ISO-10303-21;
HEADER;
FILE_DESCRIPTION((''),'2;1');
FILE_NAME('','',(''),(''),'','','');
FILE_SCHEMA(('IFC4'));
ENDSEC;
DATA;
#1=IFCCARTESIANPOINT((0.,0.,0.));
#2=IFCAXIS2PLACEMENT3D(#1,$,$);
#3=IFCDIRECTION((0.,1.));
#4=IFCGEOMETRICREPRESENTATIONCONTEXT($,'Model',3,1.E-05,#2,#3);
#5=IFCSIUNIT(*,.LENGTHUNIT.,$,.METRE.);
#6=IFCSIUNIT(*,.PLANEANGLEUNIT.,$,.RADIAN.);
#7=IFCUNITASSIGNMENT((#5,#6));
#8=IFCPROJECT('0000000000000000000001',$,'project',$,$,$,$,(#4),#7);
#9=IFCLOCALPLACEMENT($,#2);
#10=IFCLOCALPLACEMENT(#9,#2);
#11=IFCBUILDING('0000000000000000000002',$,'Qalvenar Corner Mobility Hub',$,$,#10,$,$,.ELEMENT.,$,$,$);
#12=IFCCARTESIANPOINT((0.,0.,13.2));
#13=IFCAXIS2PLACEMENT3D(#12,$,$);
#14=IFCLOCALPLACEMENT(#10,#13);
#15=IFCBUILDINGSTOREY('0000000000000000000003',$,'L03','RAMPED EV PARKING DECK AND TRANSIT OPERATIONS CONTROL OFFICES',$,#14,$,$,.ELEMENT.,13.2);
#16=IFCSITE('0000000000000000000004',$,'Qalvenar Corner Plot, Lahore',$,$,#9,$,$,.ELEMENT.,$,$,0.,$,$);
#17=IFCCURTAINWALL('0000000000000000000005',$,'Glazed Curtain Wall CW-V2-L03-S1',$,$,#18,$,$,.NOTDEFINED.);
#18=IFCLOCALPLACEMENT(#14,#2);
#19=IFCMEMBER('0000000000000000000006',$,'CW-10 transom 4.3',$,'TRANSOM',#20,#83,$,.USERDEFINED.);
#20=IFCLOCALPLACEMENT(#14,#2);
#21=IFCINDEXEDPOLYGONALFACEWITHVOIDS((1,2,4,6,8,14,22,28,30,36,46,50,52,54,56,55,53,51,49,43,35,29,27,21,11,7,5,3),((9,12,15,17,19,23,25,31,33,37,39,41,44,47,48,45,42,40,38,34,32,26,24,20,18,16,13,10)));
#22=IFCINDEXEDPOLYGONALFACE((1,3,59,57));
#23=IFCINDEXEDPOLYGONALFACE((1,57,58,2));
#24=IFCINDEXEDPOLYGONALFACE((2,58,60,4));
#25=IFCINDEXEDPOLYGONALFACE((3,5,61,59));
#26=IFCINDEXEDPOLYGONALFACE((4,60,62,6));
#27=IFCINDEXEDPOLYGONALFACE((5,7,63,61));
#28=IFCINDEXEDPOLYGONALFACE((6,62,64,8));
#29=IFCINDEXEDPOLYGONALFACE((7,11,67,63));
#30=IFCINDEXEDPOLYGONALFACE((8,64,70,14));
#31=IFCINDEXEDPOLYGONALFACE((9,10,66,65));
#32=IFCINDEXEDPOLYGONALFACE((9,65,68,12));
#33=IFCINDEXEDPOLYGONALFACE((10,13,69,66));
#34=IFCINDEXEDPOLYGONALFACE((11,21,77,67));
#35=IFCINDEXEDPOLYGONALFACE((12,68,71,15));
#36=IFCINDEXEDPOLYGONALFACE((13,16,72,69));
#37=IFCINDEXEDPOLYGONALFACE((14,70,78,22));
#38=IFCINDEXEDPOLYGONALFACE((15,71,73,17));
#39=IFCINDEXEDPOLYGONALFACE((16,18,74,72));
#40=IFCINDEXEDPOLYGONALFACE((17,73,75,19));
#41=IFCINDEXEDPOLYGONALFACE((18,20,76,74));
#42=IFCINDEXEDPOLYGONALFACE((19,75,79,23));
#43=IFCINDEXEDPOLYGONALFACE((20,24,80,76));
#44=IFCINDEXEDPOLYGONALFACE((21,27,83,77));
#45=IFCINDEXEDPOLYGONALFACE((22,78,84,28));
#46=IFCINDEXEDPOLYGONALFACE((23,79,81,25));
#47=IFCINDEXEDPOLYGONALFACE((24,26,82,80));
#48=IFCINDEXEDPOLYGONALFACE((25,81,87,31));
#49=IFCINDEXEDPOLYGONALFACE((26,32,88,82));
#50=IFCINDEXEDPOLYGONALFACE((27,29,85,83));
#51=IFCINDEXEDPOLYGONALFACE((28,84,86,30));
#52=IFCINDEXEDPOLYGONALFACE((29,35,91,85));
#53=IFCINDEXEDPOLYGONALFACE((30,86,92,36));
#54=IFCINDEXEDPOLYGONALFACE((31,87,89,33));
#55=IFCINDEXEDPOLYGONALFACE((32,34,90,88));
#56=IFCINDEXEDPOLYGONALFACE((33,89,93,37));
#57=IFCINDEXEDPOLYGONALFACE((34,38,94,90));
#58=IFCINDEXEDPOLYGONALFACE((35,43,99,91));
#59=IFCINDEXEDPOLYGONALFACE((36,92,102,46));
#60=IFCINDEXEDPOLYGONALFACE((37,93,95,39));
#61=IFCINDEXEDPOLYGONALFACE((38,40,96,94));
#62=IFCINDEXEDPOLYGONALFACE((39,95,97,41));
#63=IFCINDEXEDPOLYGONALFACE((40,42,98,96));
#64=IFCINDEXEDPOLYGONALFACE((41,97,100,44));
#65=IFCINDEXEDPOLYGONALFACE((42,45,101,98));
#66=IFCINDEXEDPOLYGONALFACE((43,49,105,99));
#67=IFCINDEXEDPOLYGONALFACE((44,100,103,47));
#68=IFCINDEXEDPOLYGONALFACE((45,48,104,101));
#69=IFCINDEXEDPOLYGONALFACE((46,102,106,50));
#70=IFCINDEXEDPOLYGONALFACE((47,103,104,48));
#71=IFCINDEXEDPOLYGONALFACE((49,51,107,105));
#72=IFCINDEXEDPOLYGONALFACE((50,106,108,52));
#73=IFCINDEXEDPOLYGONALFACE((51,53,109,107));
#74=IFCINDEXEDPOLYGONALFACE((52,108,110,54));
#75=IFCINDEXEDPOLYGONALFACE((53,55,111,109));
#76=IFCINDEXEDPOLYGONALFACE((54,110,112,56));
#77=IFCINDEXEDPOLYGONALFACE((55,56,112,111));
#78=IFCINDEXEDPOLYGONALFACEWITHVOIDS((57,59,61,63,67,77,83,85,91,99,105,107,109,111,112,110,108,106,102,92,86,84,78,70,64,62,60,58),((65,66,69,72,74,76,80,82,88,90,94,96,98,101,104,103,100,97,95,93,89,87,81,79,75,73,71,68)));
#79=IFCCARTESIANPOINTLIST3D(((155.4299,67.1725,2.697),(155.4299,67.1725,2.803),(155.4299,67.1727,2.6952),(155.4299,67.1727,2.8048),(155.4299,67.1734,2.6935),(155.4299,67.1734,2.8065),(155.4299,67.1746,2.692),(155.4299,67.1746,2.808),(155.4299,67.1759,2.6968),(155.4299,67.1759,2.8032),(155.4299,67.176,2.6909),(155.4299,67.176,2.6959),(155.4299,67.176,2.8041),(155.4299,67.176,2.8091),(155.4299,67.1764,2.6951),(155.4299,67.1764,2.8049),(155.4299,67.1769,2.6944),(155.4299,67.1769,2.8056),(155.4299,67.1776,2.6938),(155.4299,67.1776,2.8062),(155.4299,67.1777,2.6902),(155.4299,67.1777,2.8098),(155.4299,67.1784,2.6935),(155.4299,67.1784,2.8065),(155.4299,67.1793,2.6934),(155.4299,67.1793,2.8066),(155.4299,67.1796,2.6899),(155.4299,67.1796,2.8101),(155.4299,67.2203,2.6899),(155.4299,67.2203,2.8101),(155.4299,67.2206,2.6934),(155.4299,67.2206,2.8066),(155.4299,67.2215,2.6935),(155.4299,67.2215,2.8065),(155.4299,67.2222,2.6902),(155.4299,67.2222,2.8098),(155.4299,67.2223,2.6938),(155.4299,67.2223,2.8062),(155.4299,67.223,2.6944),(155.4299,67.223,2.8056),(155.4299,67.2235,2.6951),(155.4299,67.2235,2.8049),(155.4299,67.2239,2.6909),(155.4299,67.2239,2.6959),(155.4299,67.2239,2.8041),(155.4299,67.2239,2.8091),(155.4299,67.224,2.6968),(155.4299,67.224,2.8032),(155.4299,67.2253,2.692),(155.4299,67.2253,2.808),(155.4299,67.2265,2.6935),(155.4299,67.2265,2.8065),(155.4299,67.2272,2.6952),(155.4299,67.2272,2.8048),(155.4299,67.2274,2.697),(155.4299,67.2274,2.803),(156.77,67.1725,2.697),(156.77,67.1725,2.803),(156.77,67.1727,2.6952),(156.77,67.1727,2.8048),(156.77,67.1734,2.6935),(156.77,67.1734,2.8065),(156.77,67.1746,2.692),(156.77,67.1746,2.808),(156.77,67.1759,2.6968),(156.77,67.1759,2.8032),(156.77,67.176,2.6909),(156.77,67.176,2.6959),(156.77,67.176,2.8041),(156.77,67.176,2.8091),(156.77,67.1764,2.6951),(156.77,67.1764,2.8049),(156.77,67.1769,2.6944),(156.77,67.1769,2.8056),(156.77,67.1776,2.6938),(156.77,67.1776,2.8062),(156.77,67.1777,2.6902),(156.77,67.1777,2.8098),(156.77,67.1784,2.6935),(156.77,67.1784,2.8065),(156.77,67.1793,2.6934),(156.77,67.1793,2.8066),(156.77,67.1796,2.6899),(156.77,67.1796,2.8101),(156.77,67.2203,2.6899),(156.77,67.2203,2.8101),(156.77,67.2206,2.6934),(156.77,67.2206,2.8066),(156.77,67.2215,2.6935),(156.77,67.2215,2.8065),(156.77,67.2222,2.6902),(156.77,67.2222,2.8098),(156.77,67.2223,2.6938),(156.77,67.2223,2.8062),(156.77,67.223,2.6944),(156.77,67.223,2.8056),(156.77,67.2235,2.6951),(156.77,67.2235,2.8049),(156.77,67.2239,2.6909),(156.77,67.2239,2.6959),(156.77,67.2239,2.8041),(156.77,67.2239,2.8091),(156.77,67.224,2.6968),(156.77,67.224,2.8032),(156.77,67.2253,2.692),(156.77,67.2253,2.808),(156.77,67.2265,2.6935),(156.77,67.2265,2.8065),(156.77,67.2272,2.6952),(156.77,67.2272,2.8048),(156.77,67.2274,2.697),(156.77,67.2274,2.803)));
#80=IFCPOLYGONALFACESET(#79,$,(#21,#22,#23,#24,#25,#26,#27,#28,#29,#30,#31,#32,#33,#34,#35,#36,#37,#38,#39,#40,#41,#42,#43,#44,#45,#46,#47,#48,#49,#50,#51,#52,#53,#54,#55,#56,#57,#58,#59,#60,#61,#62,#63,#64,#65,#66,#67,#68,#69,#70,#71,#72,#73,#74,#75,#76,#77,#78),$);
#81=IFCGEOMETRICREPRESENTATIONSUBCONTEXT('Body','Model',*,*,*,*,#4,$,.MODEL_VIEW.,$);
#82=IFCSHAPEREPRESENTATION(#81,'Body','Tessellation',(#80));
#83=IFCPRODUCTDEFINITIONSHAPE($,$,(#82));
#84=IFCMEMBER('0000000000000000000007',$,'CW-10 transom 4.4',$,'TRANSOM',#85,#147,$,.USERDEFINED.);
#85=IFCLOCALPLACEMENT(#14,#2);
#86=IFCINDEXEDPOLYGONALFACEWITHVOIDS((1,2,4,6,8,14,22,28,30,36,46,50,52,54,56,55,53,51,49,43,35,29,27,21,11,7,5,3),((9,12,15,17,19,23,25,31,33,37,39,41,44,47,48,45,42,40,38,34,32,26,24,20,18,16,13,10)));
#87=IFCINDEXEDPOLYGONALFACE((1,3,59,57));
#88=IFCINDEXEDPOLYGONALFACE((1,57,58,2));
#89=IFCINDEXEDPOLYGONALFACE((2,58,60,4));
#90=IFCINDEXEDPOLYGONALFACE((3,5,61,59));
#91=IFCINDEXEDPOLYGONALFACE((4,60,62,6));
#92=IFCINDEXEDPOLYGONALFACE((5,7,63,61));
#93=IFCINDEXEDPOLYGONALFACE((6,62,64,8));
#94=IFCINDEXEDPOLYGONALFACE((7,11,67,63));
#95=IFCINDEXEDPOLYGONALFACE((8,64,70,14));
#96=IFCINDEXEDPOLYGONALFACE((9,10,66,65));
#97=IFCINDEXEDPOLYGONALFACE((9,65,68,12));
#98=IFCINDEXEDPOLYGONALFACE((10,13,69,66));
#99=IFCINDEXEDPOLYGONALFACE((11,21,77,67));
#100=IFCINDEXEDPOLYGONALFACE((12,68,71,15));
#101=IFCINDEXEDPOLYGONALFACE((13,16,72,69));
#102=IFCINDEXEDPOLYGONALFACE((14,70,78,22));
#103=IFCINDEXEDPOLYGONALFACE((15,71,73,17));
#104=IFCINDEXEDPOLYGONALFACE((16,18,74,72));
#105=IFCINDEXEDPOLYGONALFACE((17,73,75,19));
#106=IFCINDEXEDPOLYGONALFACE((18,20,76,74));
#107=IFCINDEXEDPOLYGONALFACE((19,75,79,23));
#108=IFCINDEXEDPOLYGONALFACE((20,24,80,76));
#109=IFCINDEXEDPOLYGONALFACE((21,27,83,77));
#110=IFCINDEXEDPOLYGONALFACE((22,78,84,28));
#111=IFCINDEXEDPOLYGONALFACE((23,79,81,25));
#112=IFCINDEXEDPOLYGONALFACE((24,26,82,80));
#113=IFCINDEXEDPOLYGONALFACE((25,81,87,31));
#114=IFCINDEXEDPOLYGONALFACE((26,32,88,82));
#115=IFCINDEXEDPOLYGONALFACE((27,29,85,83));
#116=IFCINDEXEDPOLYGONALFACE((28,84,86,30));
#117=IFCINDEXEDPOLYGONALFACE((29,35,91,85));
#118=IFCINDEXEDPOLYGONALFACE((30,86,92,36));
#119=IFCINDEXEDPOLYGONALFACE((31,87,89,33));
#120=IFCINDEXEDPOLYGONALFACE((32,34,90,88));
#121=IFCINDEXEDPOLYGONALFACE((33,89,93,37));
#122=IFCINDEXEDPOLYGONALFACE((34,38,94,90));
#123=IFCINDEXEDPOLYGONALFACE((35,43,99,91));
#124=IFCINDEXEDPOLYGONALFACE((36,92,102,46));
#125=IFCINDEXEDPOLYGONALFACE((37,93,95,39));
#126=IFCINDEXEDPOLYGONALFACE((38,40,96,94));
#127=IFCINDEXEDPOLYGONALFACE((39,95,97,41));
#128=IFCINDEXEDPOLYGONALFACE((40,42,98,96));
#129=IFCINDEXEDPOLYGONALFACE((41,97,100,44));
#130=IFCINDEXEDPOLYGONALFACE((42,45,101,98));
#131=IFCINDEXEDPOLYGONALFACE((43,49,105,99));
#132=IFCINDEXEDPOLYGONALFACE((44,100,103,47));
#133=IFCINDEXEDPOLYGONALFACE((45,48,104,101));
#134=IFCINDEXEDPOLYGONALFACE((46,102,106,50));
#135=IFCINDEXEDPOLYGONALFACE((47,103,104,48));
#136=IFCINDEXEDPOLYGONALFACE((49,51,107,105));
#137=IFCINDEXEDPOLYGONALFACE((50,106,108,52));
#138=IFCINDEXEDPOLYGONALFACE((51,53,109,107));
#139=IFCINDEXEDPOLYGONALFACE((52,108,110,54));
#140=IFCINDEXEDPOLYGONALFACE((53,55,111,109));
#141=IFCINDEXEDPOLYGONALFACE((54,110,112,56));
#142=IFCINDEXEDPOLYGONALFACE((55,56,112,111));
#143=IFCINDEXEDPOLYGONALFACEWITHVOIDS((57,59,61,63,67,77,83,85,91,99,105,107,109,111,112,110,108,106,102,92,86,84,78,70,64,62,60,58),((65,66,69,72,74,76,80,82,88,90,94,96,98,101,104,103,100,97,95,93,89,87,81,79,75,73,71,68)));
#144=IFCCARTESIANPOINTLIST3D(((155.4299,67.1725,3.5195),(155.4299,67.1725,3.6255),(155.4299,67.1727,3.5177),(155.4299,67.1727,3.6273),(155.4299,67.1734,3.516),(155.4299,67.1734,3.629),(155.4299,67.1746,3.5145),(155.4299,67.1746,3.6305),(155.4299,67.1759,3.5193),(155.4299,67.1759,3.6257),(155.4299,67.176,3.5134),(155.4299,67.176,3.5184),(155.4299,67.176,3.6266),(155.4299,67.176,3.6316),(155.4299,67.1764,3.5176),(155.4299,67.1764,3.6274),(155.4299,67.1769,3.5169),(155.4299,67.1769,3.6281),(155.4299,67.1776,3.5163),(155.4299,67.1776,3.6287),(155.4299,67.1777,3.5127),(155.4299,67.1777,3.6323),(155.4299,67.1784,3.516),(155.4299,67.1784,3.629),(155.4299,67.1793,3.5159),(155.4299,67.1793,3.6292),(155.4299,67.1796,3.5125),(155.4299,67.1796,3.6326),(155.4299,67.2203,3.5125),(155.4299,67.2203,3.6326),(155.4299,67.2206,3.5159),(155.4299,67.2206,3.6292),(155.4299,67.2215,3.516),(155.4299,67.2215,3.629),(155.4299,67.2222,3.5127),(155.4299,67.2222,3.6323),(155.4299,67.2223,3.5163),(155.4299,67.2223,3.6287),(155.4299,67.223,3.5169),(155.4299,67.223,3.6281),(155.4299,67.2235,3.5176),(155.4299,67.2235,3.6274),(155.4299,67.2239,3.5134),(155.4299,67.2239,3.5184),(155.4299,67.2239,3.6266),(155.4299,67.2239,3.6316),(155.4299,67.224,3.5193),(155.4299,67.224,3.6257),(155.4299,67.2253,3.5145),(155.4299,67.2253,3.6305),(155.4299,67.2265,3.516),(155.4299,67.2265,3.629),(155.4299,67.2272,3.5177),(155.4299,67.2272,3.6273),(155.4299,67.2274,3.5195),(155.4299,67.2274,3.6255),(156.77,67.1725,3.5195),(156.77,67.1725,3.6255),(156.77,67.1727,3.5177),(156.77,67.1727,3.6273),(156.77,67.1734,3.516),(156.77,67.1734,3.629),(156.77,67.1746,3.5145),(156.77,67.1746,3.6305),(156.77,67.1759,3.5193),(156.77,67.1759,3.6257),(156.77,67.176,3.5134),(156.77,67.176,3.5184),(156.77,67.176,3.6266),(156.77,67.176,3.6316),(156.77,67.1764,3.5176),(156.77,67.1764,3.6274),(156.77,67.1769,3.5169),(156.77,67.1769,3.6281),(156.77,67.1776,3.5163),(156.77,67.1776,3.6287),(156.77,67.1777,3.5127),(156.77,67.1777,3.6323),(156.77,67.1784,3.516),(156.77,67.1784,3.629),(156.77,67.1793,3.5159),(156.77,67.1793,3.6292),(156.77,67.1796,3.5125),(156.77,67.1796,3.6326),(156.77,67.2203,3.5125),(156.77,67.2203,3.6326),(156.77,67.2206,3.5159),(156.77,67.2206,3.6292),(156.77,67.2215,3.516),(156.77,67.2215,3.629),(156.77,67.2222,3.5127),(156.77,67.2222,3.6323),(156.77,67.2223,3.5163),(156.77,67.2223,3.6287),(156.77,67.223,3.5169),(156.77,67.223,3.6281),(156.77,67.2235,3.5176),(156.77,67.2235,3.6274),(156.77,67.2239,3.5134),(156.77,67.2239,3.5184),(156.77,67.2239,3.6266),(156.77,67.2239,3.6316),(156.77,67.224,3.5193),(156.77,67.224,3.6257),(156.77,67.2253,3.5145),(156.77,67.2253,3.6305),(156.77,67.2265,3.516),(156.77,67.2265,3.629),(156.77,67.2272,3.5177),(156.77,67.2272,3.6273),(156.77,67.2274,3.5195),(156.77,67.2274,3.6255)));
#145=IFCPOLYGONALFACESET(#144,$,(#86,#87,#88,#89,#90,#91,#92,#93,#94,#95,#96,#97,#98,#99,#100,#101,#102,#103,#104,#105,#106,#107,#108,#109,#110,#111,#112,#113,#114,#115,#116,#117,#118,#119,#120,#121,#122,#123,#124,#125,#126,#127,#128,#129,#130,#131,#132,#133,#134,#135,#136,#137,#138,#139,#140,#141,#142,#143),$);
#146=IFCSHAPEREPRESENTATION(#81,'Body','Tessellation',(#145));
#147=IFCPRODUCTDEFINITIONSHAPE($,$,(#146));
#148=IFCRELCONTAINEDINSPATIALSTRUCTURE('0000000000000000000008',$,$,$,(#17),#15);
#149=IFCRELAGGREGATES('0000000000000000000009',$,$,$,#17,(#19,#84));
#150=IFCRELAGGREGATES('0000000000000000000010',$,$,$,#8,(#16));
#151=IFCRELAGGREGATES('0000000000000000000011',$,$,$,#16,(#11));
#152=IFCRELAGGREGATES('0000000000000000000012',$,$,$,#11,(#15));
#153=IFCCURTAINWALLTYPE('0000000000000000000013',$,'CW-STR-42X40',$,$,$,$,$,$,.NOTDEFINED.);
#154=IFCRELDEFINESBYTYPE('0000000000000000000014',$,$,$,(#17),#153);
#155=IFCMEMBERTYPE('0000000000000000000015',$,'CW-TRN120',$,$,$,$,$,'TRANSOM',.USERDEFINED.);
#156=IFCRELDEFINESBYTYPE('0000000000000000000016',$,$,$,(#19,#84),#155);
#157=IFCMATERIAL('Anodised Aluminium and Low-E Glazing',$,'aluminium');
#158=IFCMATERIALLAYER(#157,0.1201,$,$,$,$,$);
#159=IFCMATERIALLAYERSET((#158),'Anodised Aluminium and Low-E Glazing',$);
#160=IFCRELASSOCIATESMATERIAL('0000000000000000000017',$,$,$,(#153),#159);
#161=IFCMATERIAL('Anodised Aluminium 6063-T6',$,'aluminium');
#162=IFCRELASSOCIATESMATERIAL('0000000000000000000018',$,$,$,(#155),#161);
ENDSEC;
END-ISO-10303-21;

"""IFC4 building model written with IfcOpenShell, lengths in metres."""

from ifc_helpers import new_model, si_unit, direction, frame, origin, origin_2d, place, context, subcontext, project, spatial, hollow_rectangle, extrude, material, layer, layer_set, material_profile, profile_set, type_object, element, aggregate, save


model = new_model("IFC4")

# Units and contexts
model_context = context("Model", 3, precision=1e-05, world=origin(), true_north=direction((0.0, 1.0)))
body_context = subcontext(model_context, "Body", "Model", "MODEL_VIEW")
ifc_project = project(units=[si_unit("LENGTHUNIT", "METRE"), si_unit("PLANEANGLEUNIT", "RADIAN")], contexts=[model_context])

# Site, building, storey
site_placement = place(None, origin())
site = spatial("IfcSite", under=ifc_project, at=site_placement, Name="Qalvenar Corner Plot, Lahore", CompositionType="ELEMENT", RefElevation=0.0)
building_placement = place(site_placement, origin())
building = spatial("IfcBuilding", under=site, at=building_placement, Name="Qalvenar Corner Mobility Hub", CompositionType="ELEMENT")
storey_placement = place(building_placement, frame((0.0, 0.0, 13.2)))
storey = spatial("IfcBuildingStorey", under=building, at=storey_placement, Name="L03", Description="RAMPED EV PARKING DECK AND TRANSIT OPERATIONS CONTROL OFFICES", CompositionType="ELEMENT", Elevation=13.2)

# Curtain wall, members
ifc_material_1 = material(Name="Anodised Aluminium and Low-E Glazing", Category="aluminium")
ifc_layer_1 = layer(ifc_material_1, 0.1201)
ifc_layer_set_1 = layer_set([ifc_layer_1], Name="Anodised Aluminium and Low-E Glazing")
curtain_wall_type = type_object("IfcCurtainWallType", Name="CW-STR-42X40", PredefinedType="NOTDEFINED", material=ifc_layer_set_1)
curtain_wall_placement = place(storey_placement, origin())
curtain_wall = element("IfcCurtainWall", 1, at=curtain_wall_placement, inside=storey, type_object=curtain_wall_type, Name="Glazed Curtain Wall CW-V2-L03-S1", PredefinedType="NOTDEFINED")
ifc_material_2 = material(Name="Anodised Aluminium 6063-T6", Category="aluminium")
ifc_material_profile_1 = material_profile(ifc_material_2, hollow_rectangle(XDim=0.0549, YDim=0.1201, WallThickness=0.0034, InnerFilletRadius=0.0034, OuterFilletRadius=0.0071, at=origin_2d()), Name="RHS120x55x3.5")
ifc_profile_set_1 = profile_set([ifc_material_profile_1], Name="Anodised Aluminium 6063-T6")
member_type_1 = type_object("IfcMemberType", Name="CW-TRN120", ElementType="TRANSOM", PredefinedType="USERDEFINED", material=ifc_profile_set_1)
member_1_placement = place(storey_placement, frame((155.4299, 67.2, 2.75), z_axis=(1.0, 0.0, 0.0), x_axis=(0.0, 1.0, 0.0)))
member_1 = element("IfcMember", 2, at=member_1_placement, type_object=member_type_1, Name="CW-10 transom 4.3", ObjectType="TRANSOM", PredefinedType="USERDEFINED", context=body_context, shape_type="SweptSolid", body=[
    extrude(hollow_rectangle(XDim=0.0549, YDim=0.1201, WallThickness=0.0034, InnerFilletRadius=0.0034, OuterFilletRadius=0.0071, at=origin_2d()), origin(), (0.0, 0.0, 1.0), 1.3401),
])
member_2_placement = place(storey_placement, frame((155.4299, 67.2, 3.5725), z_axis=(1.0, 0.0, 0.0), x_axis=(0.0, 1.0, 0.0)))
member_2 = element("IfcMember", 3, at=member_2_placement, type_object=member_type_1, Name="CW-10 transom 4.4", ObjectType="TRANSOM", PredefinedType="USERDEFINED", context=body_context, shape_type="SweptSolid", body=[
    extrude(hollow_rectangle(XDim=0.0549, YDim=0.1201, WallThickness=0.0034, InnerFilletRadius=0.0034, OuterFilletRadius=0.0071, at=origin_2d()), origin(), (0.0, 0.0, 1.0), 1.3401),
])
aggregate(curtain_wall, [member_1, member_2])

save(model, "model.ifc")
